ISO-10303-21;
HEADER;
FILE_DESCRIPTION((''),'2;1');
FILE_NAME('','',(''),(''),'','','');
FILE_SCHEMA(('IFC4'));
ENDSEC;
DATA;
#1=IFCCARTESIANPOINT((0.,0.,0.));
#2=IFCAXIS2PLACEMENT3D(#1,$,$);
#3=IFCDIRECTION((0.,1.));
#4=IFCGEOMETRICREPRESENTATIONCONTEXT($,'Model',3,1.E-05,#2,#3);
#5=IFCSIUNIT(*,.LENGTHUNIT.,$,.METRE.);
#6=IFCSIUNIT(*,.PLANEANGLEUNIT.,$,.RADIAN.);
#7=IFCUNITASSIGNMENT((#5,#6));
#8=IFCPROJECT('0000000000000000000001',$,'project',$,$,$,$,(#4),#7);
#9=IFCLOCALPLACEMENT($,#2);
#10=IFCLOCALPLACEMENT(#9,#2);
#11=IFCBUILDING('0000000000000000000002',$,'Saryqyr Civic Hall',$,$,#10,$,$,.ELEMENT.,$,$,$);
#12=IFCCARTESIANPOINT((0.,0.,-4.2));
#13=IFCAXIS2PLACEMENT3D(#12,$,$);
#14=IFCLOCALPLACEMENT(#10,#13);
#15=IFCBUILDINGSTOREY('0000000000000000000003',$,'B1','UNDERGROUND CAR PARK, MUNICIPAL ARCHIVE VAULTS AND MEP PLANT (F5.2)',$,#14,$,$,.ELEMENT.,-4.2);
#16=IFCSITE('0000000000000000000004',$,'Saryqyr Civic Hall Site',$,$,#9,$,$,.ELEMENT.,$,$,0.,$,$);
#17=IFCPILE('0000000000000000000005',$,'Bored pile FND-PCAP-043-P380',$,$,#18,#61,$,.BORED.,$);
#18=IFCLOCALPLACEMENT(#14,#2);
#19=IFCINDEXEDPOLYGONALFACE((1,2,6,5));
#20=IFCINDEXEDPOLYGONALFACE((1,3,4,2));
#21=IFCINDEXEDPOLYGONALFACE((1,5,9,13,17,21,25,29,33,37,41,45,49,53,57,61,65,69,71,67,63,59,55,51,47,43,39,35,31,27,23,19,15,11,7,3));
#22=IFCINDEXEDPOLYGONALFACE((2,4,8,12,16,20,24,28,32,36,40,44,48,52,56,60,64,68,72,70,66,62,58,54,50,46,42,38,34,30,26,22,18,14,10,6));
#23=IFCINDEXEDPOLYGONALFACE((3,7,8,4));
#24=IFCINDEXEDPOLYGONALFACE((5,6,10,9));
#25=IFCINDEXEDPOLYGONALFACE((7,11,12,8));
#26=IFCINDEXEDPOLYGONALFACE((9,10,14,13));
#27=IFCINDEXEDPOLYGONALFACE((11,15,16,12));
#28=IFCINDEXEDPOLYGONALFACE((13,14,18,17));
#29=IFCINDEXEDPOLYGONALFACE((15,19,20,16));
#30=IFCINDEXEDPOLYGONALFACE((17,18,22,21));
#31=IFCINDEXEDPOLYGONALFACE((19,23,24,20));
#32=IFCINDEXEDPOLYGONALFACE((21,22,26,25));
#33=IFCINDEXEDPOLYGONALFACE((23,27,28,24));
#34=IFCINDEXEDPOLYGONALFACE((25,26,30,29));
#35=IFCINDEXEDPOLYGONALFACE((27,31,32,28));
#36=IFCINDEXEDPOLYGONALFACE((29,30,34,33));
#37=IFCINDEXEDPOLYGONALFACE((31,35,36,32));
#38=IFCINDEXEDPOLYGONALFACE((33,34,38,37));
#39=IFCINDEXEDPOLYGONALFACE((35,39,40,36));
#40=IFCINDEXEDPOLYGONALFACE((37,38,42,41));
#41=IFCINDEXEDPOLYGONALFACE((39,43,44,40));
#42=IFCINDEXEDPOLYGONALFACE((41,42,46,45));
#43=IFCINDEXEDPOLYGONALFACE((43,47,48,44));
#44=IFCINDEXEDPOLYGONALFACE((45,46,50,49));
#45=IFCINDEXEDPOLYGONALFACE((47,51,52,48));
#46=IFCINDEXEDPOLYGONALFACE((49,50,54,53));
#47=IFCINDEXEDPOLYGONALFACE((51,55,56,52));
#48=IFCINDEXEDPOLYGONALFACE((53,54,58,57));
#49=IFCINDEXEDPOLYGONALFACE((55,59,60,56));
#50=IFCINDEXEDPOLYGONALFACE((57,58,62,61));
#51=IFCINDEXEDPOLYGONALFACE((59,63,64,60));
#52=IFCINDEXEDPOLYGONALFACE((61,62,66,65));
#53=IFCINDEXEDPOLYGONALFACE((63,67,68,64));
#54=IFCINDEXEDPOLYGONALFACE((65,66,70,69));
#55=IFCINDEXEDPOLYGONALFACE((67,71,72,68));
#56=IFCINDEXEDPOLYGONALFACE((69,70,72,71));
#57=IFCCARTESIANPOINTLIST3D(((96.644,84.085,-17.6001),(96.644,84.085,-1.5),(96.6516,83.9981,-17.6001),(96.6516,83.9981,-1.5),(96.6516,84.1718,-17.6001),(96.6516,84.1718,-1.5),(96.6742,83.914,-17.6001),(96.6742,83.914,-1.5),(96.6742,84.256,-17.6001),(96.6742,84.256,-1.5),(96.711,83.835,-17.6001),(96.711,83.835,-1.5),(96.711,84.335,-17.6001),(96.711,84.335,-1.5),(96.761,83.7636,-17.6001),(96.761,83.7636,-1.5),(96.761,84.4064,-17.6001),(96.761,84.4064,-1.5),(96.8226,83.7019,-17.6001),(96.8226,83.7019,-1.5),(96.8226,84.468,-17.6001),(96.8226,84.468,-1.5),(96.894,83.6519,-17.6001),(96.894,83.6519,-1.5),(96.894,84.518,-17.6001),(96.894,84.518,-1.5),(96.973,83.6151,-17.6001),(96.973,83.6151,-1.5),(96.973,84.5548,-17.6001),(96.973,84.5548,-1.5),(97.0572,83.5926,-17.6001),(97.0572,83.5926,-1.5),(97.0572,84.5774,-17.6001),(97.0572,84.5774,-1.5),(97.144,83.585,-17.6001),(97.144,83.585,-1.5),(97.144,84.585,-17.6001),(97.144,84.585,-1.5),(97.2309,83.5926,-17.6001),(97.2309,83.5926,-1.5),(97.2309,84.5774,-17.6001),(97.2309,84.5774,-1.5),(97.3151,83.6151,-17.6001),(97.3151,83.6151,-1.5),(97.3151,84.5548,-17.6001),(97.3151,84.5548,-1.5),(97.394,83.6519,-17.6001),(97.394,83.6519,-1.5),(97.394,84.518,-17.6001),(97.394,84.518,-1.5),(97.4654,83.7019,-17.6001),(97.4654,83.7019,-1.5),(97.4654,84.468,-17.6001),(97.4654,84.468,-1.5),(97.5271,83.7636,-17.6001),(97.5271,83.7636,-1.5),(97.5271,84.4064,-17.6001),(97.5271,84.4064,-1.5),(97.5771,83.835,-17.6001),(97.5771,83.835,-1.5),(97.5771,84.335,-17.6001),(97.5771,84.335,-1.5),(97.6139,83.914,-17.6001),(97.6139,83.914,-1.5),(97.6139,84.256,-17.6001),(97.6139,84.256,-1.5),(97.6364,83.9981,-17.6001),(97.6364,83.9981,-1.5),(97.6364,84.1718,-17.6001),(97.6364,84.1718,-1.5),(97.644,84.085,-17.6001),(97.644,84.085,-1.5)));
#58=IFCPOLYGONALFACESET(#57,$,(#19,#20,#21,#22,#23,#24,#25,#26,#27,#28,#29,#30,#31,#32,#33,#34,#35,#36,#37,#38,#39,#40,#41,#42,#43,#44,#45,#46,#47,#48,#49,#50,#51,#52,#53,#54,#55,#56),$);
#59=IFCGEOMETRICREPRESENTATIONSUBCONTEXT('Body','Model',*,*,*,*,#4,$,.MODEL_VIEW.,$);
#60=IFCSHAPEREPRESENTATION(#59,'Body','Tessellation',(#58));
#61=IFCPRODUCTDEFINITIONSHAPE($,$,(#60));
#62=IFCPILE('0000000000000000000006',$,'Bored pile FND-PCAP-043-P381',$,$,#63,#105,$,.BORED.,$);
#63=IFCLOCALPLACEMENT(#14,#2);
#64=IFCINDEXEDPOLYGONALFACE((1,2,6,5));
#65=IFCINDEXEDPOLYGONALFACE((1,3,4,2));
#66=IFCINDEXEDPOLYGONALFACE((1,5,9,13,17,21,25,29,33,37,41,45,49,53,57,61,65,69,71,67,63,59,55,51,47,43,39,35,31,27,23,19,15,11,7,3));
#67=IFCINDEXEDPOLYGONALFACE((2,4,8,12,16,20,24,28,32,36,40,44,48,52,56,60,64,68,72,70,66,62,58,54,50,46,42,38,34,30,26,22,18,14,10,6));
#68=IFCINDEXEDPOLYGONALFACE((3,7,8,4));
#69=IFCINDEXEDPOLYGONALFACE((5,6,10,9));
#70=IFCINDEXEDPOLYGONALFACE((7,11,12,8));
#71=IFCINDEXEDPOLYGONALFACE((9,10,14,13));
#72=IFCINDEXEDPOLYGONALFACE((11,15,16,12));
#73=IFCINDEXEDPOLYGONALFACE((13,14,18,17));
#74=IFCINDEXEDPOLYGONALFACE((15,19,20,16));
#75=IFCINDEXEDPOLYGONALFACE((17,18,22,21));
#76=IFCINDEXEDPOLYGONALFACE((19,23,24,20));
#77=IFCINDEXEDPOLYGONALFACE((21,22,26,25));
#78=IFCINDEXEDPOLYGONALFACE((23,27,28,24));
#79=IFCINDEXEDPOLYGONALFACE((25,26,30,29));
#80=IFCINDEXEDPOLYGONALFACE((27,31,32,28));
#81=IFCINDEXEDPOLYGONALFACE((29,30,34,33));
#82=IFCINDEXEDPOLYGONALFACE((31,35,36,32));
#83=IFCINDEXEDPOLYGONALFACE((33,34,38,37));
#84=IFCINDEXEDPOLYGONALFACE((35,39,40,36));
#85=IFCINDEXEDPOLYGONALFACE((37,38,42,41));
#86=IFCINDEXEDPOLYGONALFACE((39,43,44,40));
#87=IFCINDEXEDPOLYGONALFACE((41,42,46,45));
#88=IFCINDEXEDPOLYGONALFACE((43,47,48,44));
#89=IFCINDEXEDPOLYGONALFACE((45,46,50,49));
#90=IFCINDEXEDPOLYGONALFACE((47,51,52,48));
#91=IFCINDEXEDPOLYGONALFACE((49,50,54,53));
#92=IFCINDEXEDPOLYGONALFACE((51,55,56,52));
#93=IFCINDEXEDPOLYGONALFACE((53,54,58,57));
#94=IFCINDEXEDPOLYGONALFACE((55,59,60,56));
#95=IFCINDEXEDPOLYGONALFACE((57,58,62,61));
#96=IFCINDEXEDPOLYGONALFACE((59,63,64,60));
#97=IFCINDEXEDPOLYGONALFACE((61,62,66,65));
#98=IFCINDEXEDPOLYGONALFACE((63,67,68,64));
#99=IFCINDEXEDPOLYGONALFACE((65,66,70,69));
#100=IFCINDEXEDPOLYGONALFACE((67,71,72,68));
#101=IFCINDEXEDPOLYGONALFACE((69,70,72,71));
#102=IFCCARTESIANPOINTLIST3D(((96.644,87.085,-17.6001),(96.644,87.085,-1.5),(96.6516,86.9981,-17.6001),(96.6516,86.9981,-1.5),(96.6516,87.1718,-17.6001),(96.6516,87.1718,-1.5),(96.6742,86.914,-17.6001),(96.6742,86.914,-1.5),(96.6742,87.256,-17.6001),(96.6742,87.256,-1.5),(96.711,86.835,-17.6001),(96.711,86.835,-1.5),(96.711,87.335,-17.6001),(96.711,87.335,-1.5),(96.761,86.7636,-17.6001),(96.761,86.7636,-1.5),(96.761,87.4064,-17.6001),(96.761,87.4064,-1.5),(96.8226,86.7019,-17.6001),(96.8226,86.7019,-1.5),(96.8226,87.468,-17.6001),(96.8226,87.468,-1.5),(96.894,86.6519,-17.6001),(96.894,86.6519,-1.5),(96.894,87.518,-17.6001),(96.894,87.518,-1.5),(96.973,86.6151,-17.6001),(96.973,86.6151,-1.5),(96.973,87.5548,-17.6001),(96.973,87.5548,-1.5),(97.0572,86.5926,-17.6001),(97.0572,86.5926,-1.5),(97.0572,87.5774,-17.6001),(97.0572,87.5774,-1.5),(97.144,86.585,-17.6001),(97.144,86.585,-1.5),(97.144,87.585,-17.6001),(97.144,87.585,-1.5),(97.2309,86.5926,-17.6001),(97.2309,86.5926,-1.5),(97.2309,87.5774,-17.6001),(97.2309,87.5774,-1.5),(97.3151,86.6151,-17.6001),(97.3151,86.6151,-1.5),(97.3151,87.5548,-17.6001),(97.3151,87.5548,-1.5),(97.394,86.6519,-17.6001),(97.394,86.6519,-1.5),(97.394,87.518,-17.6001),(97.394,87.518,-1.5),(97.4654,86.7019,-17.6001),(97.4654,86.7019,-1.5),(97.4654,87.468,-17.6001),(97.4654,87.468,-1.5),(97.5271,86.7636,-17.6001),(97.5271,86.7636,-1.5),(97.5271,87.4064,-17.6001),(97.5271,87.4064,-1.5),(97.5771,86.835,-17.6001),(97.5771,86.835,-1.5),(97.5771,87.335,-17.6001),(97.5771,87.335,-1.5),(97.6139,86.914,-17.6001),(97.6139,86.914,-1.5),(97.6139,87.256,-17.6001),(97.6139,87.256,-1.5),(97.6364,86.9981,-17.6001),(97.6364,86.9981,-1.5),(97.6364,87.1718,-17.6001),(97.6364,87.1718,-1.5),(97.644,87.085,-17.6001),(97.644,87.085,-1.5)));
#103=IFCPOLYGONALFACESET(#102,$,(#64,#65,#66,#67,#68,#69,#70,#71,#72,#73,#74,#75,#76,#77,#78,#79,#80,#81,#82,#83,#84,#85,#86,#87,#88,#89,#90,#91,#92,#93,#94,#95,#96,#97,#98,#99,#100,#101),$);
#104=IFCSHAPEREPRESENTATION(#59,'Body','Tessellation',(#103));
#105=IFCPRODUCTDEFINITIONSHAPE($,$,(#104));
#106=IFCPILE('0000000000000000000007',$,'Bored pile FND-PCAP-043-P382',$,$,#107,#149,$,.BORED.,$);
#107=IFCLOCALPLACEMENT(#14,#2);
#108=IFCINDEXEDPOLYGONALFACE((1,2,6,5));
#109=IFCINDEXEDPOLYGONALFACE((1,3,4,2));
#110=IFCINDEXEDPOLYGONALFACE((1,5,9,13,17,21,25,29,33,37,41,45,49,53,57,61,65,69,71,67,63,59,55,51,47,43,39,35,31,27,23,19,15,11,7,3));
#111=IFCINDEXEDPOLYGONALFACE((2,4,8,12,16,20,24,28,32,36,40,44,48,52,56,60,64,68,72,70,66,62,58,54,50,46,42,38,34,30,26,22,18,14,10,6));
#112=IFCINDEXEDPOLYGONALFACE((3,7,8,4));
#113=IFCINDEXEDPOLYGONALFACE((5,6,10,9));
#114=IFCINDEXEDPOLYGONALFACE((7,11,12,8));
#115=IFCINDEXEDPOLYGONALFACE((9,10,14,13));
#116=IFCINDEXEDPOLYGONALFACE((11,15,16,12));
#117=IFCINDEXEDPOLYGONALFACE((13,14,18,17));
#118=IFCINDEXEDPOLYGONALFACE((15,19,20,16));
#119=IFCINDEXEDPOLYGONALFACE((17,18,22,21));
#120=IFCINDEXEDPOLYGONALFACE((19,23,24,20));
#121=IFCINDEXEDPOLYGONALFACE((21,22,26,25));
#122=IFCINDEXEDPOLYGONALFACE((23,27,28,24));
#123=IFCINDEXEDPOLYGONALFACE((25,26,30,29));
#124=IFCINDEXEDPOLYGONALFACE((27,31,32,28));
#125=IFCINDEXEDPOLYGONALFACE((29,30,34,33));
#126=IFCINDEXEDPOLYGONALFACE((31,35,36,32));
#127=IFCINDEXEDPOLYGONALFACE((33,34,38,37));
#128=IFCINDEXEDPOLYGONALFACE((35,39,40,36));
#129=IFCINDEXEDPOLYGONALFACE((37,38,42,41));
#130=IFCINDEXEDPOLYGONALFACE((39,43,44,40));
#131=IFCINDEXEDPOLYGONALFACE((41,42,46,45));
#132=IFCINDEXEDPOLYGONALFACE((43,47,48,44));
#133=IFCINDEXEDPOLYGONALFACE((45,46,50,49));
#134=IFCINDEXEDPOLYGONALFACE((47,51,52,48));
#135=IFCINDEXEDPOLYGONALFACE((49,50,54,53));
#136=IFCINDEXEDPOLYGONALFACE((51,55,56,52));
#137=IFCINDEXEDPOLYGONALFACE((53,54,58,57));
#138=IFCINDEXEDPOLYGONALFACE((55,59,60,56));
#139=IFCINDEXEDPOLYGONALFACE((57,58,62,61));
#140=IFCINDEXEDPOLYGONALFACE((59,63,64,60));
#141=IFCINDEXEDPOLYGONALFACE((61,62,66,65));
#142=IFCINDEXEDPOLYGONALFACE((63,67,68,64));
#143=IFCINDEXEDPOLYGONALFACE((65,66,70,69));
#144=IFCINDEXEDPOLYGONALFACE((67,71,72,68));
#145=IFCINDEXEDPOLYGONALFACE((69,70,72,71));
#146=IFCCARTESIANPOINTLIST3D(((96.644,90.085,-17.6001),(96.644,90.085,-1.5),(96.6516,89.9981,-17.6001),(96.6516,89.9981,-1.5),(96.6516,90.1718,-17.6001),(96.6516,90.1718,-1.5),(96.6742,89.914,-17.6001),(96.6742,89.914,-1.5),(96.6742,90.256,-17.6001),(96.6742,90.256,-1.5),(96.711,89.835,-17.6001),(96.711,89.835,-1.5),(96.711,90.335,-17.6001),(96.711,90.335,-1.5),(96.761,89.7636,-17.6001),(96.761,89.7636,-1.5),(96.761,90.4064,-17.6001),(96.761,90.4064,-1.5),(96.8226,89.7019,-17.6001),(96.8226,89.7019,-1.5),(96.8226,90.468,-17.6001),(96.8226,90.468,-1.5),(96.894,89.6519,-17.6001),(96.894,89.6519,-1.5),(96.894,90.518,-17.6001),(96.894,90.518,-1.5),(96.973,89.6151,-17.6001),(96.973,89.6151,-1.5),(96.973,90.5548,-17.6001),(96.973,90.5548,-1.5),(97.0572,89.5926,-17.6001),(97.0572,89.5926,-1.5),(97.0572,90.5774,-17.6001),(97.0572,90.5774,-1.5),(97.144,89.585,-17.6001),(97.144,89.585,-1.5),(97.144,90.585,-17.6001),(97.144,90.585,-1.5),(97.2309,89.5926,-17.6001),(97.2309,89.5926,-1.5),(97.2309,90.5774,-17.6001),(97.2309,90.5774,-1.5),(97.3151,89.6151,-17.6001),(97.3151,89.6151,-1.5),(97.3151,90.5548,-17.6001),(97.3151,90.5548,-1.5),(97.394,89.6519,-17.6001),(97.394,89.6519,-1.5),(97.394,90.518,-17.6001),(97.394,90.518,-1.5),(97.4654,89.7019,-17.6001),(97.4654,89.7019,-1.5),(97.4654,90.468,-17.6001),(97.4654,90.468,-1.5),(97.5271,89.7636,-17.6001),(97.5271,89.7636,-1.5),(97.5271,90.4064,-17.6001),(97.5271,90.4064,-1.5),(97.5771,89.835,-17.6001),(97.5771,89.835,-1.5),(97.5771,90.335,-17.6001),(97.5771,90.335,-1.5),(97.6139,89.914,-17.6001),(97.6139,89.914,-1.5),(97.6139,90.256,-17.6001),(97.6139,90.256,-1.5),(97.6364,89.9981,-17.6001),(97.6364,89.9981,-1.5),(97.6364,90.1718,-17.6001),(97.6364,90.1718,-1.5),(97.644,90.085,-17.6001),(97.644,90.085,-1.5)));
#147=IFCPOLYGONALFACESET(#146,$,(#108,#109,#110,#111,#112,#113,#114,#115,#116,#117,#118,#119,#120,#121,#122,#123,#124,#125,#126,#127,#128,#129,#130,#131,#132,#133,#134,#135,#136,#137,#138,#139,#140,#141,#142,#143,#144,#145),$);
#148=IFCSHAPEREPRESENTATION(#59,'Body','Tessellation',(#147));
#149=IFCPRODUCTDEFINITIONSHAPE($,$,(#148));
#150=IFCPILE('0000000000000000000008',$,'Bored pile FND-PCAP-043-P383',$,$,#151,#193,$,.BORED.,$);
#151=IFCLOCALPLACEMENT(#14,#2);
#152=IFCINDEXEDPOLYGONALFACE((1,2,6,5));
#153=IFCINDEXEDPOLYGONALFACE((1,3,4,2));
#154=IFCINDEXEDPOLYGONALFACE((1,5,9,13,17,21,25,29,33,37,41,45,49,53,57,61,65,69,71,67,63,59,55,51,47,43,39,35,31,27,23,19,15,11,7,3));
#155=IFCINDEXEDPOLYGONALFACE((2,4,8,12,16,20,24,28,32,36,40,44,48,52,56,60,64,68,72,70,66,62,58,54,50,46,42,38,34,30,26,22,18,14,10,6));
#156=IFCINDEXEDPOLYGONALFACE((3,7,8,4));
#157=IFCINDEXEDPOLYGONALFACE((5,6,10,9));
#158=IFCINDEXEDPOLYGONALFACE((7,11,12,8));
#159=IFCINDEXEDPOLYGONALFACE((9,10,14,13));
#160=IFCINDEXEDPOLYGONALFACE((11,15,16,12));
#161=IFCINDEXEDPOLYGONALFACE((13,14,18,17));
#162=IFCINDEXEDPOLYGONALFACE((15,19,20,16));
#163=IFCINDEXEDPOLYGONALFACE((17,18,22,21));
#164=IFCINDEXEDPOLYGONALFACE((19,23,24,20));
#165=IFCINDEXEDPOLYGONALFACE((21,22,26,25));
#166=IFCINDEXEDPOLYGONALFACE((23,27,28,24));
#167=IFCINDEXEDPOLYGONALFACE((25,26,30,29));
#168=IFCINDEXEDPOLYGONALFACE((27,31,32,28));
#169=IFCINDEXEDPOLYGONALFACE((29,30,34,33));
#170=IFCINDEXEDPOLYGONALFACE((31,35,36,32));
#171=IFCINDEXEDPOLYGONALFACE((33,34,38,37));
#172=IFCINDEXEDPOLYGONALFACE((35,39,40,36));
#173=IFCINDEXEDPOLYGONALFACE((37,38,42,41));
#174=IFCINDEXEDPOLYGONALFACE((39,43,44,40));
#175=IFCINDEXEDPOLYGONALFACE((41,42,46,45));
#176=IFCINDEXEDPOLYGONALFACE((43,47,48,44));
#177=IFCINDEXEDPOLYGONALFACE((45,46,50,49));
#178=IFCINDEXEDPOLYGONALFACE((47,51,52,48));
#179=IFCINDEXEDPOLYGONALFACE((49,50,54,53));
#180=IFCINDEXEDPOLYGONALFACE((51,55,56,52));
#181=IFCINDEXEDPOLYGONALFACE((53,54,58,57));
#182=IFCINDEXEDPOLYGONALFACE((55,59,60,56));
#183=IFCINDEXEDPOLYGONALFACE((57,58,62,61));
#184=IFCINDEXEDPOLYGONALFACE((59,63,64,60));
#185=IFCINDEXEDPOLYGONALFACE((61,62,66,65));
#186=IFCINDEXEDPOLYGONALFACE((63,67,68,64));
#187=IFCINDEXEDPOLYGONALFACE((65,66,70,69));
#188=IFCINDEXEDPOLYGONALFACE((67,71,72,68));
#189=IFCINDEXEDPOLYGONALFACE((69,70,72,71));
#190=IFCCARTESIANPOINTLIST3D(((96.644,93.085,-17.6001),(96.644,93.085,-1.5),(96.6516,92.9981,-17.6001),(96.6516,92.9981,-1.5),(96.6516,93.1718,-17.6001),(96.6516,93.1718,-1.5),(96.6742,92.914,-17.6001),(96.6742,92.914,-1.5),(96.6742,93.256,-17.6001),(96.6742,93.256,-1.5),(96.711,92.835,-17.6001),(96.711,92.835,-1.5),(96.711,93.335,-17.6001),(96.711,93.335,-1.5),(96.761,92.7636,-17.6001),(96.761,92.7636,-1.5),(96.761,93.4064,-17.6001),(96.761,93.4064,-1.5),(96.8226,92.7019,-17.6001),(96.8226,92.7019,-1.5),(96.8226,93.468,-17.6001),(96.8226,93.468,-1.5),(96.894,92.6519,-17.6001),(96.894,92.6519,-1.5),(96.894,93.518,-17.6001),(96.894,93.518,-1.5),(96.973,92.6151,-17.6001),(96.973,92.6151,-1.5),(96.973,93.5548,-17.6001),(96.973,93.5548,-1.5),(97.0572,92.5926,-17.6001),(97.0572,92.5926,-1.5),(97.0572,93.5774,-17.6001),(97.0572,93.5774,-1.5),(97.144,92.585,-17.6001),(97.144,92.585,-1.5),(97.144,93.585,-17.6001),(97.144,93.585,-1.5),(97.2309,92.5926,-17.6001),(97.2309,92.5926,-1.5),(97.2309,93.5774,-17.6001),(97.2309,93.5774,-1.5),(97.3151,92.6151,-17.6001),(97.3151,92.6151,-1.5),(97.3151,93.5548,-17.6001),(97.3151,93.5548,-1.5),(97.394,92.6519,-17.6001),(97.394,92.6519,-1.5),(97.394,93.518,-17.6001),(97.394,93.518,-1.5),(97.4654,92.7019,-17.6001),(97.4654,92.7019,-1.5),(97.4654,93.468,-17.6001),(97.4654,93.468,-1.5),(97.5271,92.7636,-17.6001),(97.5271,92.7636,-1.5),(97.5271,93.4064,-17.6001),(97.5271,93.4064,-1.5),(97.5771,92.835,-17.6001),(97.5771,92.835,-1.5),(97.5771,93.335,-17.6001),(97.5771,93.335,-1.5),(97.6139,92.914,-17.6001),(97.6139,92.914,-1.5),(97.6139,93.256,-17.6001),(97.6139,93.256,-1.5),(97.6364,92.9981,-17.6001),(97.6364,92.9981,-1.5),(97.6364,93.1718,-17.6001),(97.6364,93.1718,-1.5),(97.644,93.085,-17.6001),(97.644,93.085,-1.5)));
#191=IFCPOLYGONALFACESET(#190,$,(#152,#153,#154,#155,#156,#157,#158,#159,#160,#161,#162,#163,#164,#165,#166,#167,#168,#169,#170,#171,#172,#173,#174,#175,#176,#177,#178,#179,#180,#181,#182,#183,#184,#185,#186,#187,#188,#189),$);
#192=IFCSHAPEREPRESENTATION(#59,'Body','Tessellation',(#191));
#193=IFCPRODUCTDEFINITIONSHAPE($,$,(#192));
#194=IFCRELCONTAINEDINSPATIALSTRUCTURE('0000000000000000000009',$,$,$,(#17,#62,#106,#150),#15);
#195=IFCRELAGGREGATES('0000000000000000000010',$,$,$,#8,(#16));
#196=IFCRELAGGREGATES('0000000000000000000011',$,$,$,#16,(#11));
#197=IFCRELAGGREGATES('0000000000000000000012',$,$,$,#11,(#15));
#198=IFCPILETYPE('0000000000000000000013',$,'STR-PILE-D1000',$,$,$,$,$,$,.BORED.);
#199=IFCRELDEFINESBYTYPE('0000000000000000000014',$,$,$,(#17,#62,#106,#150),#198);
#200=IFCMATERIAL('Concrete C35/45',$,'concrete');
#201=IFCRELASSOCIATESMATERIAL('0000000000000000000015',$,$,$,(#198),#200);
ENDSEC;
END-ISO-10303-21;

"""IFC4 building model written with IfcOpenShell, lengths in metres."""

from ifc_helpers import new_model, si_unit, direction, frame, origin, origin_2d, place, context, subcontext, project, spatial, circle, extrude, material, material_profile, profile_set, type_object, element, save


model = new_model("IFC4")

# Units and contexts
model_context = context("Model", 3, precision=1e-05, world=origin(), true_north=direction((0.0, 1.0)))
body_context = subcontext(model_context, "Body", "Model", "MODEL_VIEW")
ifc_project = project(units=[si_unit("LENGTHUNIT", "METRE"), si_unit("PLANEANGLEUNIT", "RADIAN")], contexts=[model_context])

# Site, building, storey
site_placement = place(None, origin())
site = spatial("IfcSite", under=ifc_project, at=site_placement, Name="Saryqyr Civic Hall Site", CompositionType="ELEMENT", RefElevation=0.0)
building_placement = place(site_placement, origin())
building = spatial("IfcBuilding", under=site, at=building_placement, Name="Saryqyr Civic Hall", CompositionType="ELEMENT")
storey_placement = place(building_placement, frame((0.0, 0.0, -4.2)))
storey = spatial("IfcBuildingStorey", under=building, at=storey_placement, Name="B1", Description="UNDERGROUND CAR PARK, MUNICIPAL ARCHIVE VAULTS AND MEP PLANT (F5.2)", CompositionType="ELEMENT", Elevation=-4.2)

# Piles
ifc_material_1 = material(Name="Concrete C35/45", Category="concrete")
ifc_material_profile_1 = material_profile(ifc_material_1, circle(Radius=0.5, at=origin_2d()), Name="BORED PILE D1000")
ifc_profile_set_1 = profile_set([ifc_material_profile_1], Name="Concrete C35/45")
pile_type = type_object("IfcPileType", Name="STR-PILE-D1000", PredefinedType="BORED", material=ifc_profile_set_1)
for number, where, z_axis, x_axis, name in (
    (1, (97.144, 84.085, -1.5), (0.0, 0.0, -1.0), (1.0, 0.0, 0.0), "Bored pile FND-PCAP-043-P380"),
    (2, (97.144, 87.085, -1.5), (0.0, 0.0, -1.0), (1.0, 0.0, 0.0), "Bored pile FND-PCAP-043-P381"),
    (3, (97.144, 90.085, -1.5), (0.0, 0.0, -1.0), (1.0, 0.0, 0.0), "Bored pile FND-PCAP-043-P382"),
    (4, (97.144, 93.085, -1.5), (0.0, 0.0, -1.0), (1.0, 0.0, 0.0), "Bored pile FND-PCAP-043-P383"),
):
    element("IfcPile", number, at=place(storey_placement, frame(where, z_axis=z_axis, x_axis=x_axis)), inside=storey, type_object=pile_type, Name=name, PredefinedType="BORED", context=body_context, shape_type="SweptSolid", body=[
        extrude(circle(Radius=0.5, at=origin_2d()), origin(), (0.0, 0.0, 1.0), 16.1001),
    ])

save(model, "model.ifc")
